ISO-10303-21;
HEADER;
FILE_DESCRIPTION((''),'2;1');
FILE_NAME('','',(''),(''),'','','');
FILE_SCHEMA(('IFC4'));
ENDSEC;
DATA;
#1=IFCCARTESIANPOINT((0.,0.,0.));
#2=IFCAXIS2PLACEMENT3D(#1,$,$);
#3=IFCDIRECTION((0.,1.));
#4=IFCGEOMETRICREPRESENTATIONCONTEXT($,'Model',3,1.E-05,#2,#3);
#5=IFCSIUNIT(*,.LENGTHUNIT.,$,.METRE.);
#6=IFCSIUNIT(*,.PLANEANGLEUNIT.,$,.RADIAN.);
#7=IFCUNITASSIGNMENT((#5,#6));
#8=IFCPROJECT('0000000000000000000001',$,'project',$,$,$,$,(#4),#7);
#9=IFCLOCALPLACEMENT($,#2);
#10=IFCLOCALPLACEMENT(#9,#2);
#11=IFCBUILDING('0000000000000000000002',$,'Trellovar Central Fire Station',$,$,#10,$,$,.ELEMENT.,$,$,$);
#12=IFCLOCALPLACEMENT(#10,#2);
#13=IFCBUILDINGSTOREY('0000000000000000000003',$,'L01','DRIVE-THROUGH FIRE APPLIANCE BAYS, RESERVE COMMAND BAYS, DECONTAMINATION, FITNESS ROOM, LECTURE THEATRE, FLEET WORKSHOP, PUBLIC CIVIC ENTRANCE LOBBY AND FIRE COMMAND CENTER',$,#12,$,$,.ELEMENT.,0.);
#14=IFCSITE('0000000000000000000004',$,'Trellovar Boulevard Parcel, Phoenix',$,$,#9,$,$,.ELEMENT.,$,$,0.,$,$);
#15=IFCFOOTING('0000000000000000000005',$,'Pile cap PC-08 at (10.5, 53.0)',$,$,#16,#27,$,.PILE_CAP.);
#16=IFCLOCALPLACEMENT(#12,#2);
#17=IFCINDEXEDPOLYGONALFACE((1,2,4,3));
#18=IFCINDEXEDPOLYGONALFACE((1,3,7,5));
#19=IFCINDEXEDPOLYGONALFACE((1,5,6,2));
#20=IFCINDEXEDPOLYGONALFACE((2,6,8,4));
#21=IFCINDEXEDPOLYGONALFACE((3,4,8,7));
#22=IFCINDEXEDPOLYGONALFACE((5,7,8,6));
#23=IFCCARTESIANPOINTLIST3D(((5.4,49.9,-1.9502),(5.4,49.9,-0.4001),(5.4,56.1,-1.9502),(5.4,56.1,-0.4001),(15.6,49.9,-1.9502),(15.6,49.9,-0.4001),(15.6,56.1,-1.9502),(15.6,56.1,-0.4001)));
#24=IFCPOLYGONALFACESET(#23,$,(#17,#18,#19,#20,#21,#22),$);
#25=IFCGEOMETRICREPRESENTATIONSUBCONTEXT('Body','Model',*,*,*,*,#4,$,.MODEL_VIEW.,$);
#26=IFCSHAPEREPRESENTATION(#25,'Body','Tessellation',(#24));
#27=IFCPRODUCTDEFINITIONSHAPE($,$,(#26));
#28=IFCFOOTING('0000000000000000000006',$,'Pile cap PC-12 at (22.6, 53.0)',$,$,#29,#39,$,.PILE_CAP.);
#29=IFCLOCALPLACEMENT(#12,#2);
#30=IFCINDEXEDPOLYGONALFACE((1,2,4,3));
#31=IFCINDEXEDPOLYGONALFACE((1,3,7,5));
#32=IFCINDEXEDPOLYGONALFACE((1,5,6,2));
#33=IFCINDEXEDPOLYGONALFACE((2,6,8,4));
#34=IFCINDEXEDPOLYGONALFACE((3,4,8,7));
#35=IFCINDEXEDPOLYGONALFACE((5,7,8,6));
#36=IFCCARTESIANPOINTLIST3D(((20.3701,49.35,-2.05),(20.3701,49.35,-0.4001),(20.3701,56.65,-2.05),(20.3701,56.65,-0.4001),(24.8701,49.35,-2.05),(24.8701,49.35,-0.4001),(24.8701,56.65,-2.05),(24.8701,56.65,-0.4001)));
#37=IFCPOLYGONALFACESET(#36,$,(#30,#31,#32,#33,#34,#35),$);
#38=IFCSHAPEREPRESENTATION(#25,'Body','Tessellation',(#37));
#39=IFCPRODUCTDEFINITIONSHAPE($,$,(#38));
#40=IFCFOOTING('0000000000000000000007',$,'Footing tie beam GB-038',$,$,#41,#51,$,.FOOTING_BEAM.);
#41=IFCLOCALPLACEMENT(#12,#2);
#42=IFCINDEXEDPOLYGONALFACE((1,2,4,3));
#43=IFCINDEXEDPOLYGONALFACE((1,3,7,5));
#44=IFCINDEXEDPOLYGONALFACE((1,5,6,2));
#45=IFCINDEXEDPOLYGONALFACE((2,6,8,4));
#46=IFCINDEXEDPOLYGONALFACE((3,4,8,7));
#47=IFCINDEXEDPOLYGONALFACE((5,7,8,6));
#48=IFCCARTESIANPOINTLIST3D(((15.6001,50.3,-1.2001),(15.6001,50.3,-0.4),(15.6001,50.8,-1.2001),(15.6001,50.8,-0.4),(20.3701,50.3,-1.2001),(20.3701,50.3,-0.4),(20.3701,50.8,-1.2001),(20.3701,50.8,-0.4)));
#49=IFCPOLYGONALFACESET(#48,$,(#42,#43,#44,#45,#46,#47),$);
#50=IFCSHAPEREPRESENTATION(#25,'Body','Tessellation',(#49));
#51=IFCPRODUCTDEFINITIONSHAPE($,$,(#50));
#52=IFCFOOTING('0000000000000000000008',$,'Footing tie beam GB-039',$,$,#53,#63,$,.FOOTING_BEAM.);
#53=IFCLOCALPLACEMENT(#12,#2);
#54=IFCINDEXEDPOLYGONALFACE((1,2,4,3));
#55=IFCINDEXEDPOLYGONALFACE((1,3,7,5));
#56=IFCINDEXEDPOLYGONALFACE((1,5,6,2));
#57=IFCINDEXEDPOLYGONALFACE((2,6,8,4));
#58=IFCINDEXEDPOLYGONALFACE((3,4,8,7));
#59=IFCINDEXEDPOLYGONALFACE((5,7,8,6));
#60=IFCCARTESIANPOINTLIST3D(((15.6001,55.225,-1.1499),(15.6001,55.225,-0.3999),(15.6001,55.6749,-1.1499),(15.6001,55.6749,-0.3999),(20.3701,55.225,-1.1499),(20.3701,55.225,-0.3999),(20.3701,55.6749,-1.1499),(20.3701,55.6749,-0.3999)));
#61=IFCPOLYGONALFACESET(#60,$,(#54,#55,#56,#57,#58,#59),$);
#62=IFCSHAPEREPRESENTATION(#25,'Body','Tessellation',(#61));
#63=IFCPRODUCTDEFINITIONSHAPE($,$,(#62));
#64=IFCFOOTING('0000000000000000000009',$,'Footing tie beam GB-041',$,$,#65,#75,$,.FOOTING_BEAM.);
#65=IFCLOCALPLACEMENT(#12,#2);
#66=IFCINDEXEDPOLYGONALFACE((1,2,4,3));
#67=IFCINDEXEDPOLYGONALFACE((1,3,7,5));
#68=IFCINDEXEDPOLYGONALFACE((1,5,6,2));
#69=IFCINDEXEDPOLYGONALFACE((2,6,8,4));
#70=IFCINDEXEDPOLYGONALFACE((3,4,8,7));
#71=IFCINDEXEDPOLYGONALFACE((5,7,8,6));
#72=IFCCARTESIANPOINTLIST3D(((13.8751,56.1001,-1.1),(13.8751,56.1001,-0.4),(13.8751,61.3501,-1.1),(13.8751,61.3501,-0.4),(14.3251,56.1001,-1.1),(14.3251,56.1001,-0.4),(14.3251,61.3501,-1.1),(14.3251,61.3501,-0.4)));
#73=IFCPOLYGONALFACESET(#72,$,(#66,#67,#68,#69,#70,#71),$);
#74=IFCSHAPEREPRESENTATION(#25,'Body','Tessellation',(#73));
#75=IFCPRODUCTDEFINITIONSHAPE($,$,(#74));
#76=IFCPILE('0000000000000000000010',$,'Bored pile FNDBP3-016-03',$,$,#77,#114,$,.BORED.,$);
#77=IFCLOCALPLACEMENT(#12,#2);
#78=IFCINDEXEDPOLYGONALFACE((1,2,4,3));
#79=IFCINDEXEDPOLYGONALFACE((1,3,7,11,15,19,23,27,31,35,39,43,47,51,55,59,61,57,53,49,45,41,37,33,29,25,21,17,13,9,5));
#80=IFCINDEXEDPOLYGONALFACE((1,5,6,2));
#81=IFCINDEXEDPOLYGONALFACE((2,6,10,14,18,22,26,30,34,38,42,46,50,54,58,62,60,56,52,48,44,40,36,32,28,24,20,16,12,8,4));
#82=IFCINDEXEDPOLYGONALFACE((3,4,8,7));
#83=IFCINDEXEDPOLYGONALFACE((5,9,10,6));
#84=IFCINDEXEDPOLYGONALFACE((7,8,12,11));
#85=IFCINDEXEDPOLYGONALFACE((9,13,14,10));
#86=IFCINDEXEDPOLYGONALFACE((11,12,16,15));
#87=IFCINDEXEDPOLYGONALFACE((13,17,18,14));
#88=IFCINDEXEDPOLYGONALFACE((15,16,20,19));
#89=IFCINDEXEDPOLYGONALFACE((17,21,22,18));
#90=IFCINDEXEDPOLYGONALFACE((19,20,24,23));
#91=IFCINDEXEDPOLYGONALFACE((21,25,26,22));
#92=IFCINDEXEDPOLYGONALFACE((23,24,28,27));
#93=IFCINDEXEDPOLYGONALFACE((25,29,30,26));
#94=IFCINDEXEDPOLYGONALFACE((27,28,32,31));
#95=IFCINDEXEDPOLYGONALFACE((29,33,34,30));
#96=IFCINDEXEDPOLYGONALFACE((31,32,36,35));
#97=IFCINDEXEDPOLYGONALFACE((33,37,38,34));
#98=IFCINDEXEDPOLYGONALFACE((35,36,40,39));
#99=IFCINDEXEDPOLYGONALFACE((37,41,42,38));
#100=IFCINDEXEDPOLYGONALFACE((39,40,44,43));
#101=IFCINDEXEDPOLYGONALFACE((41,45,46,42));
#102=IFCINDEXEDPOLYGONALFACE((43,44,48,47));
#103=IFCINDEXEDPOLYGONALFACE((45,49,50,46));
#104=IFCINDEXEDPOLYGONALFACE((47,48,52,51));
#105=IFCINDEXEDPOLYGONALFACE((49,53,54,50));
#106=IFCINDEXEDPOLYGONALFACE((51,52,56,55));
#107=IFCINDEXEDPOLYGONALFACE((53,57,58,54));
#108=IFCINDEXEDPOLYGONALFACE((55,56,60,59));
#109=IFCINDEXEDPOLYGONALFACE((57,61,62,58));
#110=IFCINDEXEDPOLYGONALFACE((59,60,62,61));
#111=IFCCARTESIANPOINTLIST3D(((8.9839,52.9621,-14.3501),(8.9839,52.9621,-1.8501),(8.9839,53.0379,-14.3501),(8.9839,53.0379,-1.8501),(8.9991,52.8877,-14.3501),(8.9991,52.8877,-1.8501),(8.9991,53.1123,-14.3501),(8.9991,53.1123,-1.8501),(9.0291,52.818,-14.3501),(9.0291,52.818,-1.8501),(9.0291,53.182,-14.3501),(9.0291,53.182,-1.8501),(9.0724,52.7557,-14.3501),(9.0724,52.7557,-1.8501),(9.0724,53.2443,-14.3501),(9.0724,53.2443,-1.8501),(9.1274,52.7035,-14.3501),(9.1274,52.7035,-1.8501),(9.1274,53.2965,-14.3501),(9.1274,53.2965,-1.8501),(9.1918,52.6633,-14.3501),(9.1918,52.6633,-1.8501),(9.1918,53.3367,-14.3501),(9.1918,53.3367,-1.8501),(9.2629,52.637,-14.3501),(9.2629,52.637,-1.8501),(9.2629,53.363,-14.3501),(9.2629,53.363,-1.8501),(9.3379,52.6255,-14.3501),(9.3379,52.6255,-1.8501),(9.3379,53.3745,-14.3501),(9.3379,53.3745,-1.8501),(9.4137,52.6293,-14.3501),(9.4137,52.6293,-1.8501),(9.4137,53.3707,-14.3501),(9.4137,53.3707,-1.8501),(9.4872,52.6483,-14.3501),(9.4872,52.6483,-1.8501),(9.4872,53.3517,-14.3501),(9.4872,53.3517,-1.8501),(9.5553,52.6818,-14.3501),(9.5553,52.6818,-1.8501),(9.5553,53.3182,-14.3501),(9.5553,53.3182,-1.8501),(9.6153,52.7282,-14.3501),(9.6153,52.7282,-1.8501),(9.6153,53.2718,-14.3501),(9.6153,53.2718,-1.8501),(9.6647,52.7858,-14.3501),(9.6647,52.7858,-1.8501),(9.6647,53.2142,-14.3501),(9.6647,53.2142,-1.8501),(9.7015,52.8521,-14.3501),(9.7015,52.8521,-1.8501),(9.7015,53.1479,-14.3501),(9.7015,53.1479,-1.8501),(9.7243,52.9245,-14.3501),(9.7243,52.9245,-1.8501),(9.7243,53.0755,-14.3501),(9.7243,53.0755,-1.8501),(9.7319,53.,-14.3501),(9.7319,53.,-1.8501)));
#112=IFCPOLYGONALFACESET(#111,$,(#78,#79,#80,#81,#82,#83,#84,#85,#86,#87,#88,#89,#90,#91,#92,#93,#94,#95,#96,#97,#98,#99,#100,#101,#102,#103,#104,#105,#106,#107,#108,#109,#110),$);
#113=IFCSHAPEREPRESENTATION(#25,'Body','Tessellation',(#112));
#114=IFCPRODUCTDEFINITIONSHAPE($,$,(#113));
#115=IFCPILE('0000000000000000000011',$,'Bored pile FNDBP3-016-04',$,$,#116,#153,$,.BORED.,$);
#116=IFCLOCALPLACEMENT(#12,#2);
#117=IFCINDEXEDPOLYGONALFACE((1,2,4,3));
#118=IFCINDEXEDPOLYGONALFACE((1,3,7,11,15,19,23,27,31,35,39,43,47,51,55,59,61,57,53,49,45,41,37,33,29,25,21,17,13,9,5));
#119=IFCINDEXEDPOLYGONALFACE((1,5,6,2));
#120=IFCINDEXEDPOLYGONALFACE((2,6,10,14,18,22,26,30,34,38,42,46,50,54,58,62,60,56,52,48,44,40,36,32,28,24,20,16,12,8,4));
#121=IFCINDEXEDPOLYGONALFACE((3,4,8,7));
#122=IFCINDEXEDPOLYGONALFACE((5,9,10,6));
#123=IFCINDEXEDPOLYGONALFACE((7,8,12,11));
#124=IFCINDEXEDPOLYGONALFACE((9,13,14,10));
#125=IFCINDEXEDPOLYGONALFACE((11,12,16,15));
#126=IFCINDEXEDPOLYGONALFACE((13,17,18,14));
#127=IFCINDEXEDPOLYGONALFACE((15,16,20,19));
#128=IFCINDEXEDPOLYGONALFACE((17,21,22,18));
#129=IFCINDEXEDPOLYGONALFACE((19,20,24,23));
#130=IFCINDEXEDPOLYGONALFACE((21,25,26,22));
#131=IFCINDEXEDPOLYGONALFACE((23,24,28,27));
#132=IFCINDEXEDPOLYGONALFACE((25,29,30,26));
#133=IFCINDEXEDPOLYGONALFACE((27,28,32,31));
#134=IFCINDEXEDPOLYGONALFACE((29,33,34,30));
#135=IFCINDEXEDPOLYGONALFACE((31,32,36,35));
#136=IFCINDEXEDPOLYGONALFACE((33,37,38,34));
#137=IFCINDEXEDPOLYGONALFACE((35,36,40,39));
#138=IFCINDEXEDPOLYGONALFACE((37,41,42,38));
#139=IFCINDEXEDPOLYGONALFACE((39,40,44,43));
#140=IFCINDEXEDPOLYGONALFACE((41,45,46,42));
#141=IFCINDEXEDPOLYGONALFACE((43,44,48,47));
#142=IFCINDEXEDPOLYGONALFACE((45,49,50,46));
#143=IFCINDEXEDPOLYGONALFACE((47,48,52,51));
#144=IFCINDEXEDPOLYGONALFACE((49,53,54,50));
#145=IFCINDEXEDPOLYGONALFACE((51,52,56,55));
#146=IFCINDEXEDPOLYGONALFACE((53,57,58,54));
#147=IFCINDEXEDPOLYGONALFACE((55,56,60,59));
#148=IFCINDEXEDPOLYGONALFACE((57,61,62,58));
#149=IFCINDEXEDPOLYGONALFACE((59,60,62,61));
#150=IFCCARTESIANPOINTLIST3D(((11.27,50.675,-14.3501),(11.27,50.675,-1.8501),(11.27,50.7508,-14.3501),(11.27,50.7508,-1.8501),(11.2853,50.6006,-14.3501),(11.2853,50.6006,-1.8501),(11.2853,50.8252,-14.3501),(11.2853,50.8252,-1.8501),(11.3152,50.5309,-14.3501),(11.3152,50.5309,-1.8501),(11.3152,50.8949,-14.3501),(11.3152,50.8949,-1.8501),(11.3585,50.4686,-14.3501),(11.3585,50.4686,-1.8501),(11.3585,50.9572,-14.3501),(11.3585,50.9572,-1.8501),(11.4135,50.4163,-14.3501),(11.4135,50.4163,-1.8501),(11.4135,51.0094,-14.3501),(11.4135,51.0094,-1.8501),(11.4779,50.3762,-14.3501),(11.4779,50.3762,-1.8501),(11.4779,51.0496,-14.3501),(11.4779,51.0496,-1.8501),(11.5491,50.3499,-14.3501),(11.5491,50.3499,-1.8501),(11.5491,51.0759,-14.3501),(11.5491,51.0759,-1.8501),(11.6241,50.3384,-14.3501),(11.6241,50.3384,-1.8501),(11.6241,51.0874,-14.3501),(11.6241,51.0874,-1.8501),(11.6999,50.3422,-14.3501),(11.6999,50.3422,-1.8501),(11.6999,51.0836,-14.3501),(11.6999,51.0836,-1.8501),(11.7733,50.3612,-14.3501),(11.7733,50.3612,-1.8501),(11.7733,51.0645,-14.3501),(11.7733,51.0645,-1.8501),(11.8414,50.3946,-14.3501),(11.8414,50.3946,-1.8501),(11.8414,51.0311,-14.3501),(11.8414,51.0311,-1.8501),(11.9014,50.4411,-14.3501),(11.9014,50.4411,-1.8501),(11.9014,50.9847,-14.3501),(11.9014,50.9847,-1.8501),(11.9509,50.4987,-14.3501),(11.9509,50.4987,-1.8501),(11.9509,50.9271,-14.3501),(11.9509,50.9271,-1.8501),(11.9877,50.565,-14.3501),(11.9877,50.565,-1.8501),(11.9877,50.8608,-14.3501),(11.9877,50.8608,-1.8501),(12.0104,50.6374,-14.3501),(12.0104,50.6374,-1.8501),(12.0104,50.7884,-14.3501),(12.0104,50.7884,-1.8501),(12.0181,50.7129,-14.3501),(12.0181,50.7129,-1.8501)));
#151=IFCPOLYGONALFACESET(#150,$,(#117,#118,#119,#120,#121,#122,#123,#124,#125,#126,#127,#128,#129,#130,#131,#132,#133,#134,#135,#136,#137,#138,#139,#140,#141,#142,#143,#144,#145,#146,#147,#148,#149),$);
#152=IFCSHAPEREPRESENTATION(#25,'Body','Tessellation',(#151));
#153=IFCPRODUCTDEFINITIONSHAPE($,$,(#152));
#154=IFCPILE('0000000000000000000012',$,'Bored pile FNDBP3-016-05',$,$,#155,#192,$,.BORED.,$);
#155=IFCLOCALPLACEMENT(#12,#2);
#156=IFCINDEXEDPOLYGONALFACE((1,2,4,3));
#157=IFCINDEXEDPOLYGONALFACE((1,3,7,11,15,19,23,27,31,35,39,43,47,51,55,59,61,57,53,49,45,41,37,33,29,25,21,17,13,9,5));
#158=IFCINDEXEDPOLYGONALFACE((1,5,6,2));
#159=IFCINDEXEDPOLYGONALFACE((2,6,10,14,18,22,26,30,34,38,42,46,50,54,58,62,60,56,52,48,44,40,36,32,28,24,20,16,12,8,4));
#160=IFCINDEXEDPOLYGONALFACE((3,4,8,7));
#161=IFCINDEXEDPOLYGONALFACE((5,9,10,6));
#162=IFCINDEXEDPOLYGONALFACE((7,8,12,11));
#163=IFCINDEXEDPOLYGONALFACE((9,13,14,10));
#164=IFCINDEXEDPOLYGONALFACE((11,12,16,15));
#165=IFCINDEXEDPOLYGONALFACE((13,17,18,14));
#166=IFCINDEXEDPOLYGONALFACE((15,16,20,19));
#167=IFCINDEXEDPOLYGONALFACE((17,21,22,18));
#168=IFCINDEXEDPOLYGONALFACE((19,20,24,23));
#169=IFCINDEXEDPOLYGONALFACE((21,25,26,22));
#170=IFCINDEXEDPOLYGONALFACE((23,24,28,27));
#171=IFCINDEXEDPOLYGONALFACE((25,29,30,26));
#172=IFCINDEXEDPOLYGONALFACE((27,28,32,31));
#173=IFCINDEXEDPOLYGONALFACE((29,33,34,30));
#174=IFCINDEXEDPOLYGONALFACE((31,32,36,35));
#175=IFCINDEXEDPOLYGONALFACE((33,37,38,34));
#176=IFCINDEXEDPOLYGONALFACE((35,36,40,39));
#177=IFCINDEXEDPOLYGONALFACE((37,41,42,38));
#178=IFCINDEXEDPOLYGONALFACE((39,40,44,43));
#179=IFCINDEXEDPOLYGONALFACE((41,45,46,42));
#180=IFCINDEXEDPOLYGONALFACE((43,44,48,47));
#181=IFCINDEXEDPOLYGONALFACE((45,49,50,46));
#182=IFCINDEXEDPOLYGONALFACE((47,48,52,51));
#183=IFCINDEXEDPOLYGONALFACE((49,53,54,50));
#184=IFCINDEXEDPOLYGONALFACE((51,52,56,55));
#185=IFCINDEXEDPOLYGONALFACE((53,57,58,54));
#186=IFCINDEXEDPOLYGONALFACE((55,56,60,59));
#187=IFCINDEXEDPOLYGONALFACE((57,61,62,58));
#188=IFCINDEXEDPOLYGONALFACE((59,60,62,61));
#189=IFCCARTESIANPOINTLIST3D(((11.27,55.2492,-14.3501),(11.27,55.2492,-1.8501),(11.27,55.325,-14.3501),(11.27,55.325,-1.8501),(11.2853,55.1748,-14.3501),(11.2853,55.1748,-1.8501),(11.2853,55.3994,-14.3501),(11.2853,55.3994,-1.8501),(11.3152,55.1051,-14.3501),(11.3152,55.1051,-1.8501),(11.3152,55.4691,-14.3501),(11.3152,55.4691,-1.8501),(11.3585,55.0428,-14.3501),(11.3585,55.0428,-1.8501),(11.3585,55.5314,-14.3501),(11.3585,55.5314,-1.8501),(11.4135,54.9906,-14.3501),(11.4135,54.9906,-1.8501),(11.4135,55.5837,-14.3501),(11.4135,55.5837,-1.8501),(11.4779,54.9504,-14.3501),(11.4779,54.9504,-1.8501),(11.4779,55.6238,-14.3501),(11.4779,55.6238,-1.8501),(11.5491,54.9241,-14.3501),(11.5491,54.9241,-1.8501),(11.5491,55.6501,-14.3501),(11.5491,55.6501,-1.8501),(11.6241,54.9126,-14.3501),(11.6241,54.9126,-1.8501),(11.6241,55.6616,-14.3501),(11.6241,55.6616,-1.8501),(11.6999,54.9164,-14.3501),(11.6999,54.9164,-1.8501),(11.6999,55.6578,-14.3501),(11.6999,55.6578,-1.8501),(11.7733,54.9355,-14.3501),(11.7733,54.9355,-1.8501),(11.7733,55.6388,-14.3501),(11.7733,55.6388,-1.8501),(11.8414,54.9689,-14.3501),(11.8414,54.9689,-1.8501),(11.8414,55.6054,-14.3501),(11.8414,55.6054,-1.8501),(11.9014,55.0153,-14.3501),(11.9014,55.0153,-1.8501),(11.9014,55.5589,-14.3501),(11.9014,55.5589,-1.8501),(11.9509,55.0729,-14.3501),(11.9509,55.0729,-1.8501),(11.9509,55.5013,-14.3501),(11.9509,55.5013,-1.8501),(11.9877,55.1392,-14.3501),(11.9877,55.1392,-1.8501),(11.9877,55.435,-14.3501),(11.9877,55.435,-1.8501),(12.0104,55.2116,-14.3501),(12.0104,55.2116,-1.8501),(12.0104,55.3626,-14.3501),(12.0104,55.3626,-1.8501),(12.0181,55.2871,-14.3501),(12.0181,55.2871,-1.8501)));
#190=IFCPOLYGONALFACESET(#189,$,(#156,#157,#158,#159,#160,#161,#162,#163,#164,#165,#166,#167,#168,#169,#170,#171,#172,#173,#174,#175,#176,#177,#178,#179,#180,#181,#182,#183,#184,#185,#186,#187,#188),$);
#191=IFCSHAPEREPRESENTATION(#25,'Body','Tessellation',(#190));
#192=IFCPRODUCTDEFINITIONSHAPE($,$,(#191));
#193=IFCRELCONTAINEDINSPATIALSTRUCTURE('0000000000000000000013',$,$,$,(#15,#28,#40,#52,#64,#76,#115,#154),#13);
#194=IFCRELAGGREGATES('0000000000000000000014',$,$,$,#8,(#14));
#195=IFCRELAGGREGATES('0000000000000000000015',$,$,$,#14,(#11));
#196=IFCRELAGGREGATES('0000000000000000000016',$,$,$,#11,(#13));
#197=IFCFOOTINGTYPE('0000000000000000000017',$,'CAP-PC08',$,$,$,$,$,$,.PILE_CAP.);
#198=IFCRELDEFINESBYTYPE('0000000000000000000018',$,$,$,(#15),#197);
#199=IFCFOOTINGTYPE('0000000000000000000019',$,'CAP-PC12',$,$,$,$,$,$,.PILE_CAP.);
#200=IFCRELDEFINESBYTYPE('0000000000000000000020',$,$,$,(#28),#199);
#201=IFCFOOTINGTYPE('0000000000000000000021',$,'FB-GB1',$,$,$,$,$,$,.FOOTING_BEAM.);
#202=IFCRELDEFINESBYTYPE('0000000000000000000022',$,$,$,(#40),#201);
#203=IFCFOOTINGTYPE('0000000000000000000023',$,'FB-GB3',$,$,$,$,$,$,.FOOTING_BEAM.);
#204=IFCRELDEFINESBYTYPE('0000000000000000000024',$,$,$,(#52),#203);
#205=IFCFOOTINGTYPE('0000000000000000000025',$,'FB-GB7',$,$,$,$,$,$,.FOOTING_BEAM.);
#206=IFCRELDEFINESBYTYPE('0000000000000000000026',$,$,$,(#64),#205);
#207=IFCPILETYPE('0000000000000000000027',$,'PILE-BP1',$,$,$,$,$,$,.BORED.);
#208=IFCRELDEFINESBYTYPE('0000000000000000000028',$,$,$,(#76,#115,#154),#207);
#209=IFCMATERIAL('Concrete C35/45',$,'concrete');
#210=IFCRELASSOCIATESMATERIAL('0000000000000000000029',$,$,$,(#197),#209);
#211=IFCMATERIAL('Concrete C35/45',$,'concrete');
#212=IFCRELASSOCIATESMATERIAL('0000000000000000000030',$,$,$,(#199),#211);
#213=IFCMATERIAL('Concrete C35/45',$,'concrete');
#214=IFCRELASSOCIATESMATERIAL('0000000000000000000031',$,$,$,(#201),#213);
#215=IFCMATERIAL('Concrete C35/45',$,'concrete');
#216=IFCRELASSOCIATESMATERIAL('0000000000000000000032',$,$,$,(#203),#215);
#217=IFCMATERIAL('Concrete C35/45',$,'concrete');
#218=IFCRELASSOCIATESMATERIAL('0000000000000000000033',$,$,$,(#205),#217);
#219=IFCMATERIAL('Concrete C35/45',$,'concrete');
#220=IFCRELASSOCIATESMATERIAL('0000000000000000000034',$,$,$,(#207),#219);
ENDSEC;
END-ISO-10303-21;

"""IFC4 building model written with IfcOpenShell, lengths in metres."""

from ifc_helpers import new_model, si_unit, direction, frame, origin, origin_2d, place, context, subcontext, project, spatial, rectangle, circle, extrude, material, material_profile, profile_set, type_object, element, save


model = new_model("IFC4")

# Units and contexts
model_context = context("Model", 3, precision=1e-05, world=origin(), true_north=direction((0.0, 1.0)))
body_context = subcontext(model_context, "Body", "Model", "MODEL_VIEW")
ifc_project = project(units=[si_unit("LENGTHUNIT", "METRE"), si_unit("PLANEANGLEUNIT", "RADIAN")], contexts=[model_context])

# Site, building, storey
site_placement = place(None, origin())
site = spatial("IfcSite", under=ifc_project, at=site_placement, Name="Trellovar Boulevard Parcel, Phoenix", CompositionType="ELEMENT", RefElevation=0.0)
building_placement = place(site_placement, origin())
building = spatial("IfcBuilding", under=site, at=building_placement, Name="Trellovar Central Fire Station", CompositionType="ELEMENT")
storey_placement = place(building_placement, origin())
storey = spatial("IfcBuildingStorey", under=building, at=storey_placement, Name="L01", Description="DRIVE-THROUGH FIRE APPLIANCE BAYS, RESERVE COMMAND BAYS, DECONTAMINATION, FITNESS ROOM, LECTURE THEATRE, FLEET WORKSHOP, PUBLIC CIVIC ENTRANCE LOBBY AND FIRE COMMAND CENTER", CompositionType="ELEMENT", Elevation=0.0)

# Footings
ifc_material_1 = material(Name="Concrete C35/45", Category="concrete")
footing_type_1 = type_object("IfcFootingType", Name="CAP-PC08", PredefinedType="PILE_CAP", material=ifc_material_1)
footing_1_placement = place(storey_placement, frame((10.5, 53.0, -1.9502), z_axis=(0.0, 0.0, 1.0), x_axis=(1.0, 0.0, 0.0)))
element("IfcFooting", 1, at=footing_1_placement, inside=storey, type_object=footing_type_1, Name="Pile cap PC-08 at (10.5, 53.0)", PredefinedType="PILE_CAP", context=body_context, shape_type="SweptSolid", body=[
    extrude(rectangle(XDim=10.2, YDim=6.2, at=origin_2d()), origin(), (0.0, 0.0, 1.0), 1.55),
])
ifc_material_2 = material(Name="Concrete C35/45", Category="concrete")
footing_type_2 = type_object("IfcFootingType", Name="CAP-PC12", PredefinedType="PILE_CAP", material=ifc_material_2)
footing_2_placement = place(storey_placement, frame((22.6201, 53.0, -2.05), z_axis=(0.0, 0.0, 1.0), x_axis=(1.0, 0.0, 0.0)))
element("IfcFooting", 2, at=footing_2_placement, inside=storey, type_object=footing_type_2, Name="Pile cap PC-12 at (22.6, 53.0)", PredefinedType="PILE_CAP", context=body_context, shape_type="SweptSolid", body=[
    extrude(rectangle(XDim=4.5, YDim=7.3, at=origin_2d()), origin(), (0.0, 0.0, 1.0), 1.6499),
])
ifc_material_3 = material(Name="Concrete C35/45", Category="concrete")
ifc_material_profile_1 = material_profile(ifc_material_3, rectangle(XDim=0.5, YDim=0.8, at=origin_2d()), Name="RC500X800")
ifc_profile_set_1 = profile_set([ifc_material_profile_1], Name="Concrete C35/45")
footing_type_3 = type_object("IfcFootingType", Name="FB-GB1", PredefinedType="FOOTING_BEAM", material=ifc_profile_set_1)
footing_3_placement = place(storey_placement, frame((15.6001, 50.55, -0.8), z_axis=(1.0, 0.0, 0.0), x_axis=(0.0, 1.0, 0.0)))
element("IfcFooting", 3, at=footing_3_placement, inside=storey, type_object=footing_type_3, Name="Footing tie beam GB-038", PredefinedType="FOOTING_BEAM", context=body_context, shape_type="SweptSolid", body=[
    extrude(rectangle(XDim=0.5, YDim=0.8, at=origin_2d()), origin(), (0.0, 0.0, 1.0), 4.77),
])
ifc_material_4 = material(Name="Concrete C35/45", Category="concrete")
ifc_material_profile_2 = material_profile(ifc_material_4, rectangle(XDim=0.45, YDim=0.75, at=origin_2d()), Name="RC450X750")
ifc_profile_set_2 = profile_set([ifc_material_profile_2], Name="Concrete C35/45")
footing_type_4 = type_object("IfcFootingType", Name="FB-GB3", PredefinedType="FOOTING_BEAM", material=ifc_profile_set_2)
footing_4_placement = place(storey_placement, frame((15.6001, 55.45, -0.7749), z_axis=(1.0, 0.0, 0.0), x_axis=(0.0, 1.0, 0.0)))
element("IfcFooting", 4, at=footing_4_placement, inside=storey, type_object=footing_type_4, Name="Footing tie beam GB-039", PredefinedType="FOOTING_BEAM", context=body_context, shape_type="SweptSolid", body=[
    extrude(rectangle(XDim=0.45, YDim=0.75, at=origin_2d()), origin(), (0.0, 0.0, 1.0), 4.77),
])
ifc_material_5 = material(Name="Concrete C35/45", Category="concrete")
ifc_material_profile_3 = material_profile(ifc_material_5, rectangle(XDim=0.45, YDim=0.7, at=origin_2d()), Name="RC450X700")
ifc_profile_set_3 = profile_set([ifc_material_profile_3], Name="Concrete C35/45")
footing_type_5 = type_object("IfcFootingType", Name="FB-GB7", PredefinedType="FOOTING_BEAM", material=ifc_profile_set_3)
footing_5_placement = place(storey_placement, frame((14.1001, 56.1001, -0.75), z_axis=(0.0, 1.0, 0.0), x_axis=(-1.0, 0.0, 0.0)))
element("IfcFooting", 5, at=footing_5_placement, inside=storey, type_object=footing_type_5, Name="Footing tie beam GB-041", PredefinedType="FOOTING_BEAM", context=body_context, shape_type="SweptSolid", body=[
    extrude(rectangle(XDim=0.45, YDim=0.7, at=origin_2d()), origin(), (0.0, 0.0, 1.0), 5.25),
])

# Piles
ifc_material_6 = material(Name="Concrete C35/45", Category="concrete")
ifc_material_profile_4 = material_profile(ifc_material_6, circle(Radius=0.375, at=origin_2d()), Name="PILE750")
ifc_profile_set_4 = profile_set([ifc_material_profile_4], Name="Concrete C35/45")
pile_type_1 = type_object("IfcPileType", Name="PILE-BP1", PredefinedType="BORED", material=ifc_profile_set_4)
for number, where, z_axis, x_axis, name in (
    (6, (9.3569, 53.0, -1.8501), (0.0, 0.0, -1.0), (1.0, 0.0, 0.0), "Bored pile FNDBP3-016-03"),
    (7, (11.6431, 50.7129, -1.8501), (0.0, 0.0, -1.0), (1.0, 0.0, 0.0), "Bored pile FNDBP3-016-04"),
    (8, (11.6431, 55.2871, -1.8501), (0.0, 0.0, -1.0), (1.0, 0.0, 0.0), "Bored pile FNDBP3-016-05"),
):
    element("IfcPile", number, at=place(storey_placement, frame(where, z_axis=z_axis, x_axis=x_axis)), inside=storey, type_object=pile_type_1, Name=name, PredefinedType="BORED", context=body_context, shape_type="SweptSolid", body=[
        extrude(circle(Radius=0.375, at=origin_2d()), origin(), (0.0, 0.0, 1.0), 12.5),
    ])

save(model, "model.ifc")
